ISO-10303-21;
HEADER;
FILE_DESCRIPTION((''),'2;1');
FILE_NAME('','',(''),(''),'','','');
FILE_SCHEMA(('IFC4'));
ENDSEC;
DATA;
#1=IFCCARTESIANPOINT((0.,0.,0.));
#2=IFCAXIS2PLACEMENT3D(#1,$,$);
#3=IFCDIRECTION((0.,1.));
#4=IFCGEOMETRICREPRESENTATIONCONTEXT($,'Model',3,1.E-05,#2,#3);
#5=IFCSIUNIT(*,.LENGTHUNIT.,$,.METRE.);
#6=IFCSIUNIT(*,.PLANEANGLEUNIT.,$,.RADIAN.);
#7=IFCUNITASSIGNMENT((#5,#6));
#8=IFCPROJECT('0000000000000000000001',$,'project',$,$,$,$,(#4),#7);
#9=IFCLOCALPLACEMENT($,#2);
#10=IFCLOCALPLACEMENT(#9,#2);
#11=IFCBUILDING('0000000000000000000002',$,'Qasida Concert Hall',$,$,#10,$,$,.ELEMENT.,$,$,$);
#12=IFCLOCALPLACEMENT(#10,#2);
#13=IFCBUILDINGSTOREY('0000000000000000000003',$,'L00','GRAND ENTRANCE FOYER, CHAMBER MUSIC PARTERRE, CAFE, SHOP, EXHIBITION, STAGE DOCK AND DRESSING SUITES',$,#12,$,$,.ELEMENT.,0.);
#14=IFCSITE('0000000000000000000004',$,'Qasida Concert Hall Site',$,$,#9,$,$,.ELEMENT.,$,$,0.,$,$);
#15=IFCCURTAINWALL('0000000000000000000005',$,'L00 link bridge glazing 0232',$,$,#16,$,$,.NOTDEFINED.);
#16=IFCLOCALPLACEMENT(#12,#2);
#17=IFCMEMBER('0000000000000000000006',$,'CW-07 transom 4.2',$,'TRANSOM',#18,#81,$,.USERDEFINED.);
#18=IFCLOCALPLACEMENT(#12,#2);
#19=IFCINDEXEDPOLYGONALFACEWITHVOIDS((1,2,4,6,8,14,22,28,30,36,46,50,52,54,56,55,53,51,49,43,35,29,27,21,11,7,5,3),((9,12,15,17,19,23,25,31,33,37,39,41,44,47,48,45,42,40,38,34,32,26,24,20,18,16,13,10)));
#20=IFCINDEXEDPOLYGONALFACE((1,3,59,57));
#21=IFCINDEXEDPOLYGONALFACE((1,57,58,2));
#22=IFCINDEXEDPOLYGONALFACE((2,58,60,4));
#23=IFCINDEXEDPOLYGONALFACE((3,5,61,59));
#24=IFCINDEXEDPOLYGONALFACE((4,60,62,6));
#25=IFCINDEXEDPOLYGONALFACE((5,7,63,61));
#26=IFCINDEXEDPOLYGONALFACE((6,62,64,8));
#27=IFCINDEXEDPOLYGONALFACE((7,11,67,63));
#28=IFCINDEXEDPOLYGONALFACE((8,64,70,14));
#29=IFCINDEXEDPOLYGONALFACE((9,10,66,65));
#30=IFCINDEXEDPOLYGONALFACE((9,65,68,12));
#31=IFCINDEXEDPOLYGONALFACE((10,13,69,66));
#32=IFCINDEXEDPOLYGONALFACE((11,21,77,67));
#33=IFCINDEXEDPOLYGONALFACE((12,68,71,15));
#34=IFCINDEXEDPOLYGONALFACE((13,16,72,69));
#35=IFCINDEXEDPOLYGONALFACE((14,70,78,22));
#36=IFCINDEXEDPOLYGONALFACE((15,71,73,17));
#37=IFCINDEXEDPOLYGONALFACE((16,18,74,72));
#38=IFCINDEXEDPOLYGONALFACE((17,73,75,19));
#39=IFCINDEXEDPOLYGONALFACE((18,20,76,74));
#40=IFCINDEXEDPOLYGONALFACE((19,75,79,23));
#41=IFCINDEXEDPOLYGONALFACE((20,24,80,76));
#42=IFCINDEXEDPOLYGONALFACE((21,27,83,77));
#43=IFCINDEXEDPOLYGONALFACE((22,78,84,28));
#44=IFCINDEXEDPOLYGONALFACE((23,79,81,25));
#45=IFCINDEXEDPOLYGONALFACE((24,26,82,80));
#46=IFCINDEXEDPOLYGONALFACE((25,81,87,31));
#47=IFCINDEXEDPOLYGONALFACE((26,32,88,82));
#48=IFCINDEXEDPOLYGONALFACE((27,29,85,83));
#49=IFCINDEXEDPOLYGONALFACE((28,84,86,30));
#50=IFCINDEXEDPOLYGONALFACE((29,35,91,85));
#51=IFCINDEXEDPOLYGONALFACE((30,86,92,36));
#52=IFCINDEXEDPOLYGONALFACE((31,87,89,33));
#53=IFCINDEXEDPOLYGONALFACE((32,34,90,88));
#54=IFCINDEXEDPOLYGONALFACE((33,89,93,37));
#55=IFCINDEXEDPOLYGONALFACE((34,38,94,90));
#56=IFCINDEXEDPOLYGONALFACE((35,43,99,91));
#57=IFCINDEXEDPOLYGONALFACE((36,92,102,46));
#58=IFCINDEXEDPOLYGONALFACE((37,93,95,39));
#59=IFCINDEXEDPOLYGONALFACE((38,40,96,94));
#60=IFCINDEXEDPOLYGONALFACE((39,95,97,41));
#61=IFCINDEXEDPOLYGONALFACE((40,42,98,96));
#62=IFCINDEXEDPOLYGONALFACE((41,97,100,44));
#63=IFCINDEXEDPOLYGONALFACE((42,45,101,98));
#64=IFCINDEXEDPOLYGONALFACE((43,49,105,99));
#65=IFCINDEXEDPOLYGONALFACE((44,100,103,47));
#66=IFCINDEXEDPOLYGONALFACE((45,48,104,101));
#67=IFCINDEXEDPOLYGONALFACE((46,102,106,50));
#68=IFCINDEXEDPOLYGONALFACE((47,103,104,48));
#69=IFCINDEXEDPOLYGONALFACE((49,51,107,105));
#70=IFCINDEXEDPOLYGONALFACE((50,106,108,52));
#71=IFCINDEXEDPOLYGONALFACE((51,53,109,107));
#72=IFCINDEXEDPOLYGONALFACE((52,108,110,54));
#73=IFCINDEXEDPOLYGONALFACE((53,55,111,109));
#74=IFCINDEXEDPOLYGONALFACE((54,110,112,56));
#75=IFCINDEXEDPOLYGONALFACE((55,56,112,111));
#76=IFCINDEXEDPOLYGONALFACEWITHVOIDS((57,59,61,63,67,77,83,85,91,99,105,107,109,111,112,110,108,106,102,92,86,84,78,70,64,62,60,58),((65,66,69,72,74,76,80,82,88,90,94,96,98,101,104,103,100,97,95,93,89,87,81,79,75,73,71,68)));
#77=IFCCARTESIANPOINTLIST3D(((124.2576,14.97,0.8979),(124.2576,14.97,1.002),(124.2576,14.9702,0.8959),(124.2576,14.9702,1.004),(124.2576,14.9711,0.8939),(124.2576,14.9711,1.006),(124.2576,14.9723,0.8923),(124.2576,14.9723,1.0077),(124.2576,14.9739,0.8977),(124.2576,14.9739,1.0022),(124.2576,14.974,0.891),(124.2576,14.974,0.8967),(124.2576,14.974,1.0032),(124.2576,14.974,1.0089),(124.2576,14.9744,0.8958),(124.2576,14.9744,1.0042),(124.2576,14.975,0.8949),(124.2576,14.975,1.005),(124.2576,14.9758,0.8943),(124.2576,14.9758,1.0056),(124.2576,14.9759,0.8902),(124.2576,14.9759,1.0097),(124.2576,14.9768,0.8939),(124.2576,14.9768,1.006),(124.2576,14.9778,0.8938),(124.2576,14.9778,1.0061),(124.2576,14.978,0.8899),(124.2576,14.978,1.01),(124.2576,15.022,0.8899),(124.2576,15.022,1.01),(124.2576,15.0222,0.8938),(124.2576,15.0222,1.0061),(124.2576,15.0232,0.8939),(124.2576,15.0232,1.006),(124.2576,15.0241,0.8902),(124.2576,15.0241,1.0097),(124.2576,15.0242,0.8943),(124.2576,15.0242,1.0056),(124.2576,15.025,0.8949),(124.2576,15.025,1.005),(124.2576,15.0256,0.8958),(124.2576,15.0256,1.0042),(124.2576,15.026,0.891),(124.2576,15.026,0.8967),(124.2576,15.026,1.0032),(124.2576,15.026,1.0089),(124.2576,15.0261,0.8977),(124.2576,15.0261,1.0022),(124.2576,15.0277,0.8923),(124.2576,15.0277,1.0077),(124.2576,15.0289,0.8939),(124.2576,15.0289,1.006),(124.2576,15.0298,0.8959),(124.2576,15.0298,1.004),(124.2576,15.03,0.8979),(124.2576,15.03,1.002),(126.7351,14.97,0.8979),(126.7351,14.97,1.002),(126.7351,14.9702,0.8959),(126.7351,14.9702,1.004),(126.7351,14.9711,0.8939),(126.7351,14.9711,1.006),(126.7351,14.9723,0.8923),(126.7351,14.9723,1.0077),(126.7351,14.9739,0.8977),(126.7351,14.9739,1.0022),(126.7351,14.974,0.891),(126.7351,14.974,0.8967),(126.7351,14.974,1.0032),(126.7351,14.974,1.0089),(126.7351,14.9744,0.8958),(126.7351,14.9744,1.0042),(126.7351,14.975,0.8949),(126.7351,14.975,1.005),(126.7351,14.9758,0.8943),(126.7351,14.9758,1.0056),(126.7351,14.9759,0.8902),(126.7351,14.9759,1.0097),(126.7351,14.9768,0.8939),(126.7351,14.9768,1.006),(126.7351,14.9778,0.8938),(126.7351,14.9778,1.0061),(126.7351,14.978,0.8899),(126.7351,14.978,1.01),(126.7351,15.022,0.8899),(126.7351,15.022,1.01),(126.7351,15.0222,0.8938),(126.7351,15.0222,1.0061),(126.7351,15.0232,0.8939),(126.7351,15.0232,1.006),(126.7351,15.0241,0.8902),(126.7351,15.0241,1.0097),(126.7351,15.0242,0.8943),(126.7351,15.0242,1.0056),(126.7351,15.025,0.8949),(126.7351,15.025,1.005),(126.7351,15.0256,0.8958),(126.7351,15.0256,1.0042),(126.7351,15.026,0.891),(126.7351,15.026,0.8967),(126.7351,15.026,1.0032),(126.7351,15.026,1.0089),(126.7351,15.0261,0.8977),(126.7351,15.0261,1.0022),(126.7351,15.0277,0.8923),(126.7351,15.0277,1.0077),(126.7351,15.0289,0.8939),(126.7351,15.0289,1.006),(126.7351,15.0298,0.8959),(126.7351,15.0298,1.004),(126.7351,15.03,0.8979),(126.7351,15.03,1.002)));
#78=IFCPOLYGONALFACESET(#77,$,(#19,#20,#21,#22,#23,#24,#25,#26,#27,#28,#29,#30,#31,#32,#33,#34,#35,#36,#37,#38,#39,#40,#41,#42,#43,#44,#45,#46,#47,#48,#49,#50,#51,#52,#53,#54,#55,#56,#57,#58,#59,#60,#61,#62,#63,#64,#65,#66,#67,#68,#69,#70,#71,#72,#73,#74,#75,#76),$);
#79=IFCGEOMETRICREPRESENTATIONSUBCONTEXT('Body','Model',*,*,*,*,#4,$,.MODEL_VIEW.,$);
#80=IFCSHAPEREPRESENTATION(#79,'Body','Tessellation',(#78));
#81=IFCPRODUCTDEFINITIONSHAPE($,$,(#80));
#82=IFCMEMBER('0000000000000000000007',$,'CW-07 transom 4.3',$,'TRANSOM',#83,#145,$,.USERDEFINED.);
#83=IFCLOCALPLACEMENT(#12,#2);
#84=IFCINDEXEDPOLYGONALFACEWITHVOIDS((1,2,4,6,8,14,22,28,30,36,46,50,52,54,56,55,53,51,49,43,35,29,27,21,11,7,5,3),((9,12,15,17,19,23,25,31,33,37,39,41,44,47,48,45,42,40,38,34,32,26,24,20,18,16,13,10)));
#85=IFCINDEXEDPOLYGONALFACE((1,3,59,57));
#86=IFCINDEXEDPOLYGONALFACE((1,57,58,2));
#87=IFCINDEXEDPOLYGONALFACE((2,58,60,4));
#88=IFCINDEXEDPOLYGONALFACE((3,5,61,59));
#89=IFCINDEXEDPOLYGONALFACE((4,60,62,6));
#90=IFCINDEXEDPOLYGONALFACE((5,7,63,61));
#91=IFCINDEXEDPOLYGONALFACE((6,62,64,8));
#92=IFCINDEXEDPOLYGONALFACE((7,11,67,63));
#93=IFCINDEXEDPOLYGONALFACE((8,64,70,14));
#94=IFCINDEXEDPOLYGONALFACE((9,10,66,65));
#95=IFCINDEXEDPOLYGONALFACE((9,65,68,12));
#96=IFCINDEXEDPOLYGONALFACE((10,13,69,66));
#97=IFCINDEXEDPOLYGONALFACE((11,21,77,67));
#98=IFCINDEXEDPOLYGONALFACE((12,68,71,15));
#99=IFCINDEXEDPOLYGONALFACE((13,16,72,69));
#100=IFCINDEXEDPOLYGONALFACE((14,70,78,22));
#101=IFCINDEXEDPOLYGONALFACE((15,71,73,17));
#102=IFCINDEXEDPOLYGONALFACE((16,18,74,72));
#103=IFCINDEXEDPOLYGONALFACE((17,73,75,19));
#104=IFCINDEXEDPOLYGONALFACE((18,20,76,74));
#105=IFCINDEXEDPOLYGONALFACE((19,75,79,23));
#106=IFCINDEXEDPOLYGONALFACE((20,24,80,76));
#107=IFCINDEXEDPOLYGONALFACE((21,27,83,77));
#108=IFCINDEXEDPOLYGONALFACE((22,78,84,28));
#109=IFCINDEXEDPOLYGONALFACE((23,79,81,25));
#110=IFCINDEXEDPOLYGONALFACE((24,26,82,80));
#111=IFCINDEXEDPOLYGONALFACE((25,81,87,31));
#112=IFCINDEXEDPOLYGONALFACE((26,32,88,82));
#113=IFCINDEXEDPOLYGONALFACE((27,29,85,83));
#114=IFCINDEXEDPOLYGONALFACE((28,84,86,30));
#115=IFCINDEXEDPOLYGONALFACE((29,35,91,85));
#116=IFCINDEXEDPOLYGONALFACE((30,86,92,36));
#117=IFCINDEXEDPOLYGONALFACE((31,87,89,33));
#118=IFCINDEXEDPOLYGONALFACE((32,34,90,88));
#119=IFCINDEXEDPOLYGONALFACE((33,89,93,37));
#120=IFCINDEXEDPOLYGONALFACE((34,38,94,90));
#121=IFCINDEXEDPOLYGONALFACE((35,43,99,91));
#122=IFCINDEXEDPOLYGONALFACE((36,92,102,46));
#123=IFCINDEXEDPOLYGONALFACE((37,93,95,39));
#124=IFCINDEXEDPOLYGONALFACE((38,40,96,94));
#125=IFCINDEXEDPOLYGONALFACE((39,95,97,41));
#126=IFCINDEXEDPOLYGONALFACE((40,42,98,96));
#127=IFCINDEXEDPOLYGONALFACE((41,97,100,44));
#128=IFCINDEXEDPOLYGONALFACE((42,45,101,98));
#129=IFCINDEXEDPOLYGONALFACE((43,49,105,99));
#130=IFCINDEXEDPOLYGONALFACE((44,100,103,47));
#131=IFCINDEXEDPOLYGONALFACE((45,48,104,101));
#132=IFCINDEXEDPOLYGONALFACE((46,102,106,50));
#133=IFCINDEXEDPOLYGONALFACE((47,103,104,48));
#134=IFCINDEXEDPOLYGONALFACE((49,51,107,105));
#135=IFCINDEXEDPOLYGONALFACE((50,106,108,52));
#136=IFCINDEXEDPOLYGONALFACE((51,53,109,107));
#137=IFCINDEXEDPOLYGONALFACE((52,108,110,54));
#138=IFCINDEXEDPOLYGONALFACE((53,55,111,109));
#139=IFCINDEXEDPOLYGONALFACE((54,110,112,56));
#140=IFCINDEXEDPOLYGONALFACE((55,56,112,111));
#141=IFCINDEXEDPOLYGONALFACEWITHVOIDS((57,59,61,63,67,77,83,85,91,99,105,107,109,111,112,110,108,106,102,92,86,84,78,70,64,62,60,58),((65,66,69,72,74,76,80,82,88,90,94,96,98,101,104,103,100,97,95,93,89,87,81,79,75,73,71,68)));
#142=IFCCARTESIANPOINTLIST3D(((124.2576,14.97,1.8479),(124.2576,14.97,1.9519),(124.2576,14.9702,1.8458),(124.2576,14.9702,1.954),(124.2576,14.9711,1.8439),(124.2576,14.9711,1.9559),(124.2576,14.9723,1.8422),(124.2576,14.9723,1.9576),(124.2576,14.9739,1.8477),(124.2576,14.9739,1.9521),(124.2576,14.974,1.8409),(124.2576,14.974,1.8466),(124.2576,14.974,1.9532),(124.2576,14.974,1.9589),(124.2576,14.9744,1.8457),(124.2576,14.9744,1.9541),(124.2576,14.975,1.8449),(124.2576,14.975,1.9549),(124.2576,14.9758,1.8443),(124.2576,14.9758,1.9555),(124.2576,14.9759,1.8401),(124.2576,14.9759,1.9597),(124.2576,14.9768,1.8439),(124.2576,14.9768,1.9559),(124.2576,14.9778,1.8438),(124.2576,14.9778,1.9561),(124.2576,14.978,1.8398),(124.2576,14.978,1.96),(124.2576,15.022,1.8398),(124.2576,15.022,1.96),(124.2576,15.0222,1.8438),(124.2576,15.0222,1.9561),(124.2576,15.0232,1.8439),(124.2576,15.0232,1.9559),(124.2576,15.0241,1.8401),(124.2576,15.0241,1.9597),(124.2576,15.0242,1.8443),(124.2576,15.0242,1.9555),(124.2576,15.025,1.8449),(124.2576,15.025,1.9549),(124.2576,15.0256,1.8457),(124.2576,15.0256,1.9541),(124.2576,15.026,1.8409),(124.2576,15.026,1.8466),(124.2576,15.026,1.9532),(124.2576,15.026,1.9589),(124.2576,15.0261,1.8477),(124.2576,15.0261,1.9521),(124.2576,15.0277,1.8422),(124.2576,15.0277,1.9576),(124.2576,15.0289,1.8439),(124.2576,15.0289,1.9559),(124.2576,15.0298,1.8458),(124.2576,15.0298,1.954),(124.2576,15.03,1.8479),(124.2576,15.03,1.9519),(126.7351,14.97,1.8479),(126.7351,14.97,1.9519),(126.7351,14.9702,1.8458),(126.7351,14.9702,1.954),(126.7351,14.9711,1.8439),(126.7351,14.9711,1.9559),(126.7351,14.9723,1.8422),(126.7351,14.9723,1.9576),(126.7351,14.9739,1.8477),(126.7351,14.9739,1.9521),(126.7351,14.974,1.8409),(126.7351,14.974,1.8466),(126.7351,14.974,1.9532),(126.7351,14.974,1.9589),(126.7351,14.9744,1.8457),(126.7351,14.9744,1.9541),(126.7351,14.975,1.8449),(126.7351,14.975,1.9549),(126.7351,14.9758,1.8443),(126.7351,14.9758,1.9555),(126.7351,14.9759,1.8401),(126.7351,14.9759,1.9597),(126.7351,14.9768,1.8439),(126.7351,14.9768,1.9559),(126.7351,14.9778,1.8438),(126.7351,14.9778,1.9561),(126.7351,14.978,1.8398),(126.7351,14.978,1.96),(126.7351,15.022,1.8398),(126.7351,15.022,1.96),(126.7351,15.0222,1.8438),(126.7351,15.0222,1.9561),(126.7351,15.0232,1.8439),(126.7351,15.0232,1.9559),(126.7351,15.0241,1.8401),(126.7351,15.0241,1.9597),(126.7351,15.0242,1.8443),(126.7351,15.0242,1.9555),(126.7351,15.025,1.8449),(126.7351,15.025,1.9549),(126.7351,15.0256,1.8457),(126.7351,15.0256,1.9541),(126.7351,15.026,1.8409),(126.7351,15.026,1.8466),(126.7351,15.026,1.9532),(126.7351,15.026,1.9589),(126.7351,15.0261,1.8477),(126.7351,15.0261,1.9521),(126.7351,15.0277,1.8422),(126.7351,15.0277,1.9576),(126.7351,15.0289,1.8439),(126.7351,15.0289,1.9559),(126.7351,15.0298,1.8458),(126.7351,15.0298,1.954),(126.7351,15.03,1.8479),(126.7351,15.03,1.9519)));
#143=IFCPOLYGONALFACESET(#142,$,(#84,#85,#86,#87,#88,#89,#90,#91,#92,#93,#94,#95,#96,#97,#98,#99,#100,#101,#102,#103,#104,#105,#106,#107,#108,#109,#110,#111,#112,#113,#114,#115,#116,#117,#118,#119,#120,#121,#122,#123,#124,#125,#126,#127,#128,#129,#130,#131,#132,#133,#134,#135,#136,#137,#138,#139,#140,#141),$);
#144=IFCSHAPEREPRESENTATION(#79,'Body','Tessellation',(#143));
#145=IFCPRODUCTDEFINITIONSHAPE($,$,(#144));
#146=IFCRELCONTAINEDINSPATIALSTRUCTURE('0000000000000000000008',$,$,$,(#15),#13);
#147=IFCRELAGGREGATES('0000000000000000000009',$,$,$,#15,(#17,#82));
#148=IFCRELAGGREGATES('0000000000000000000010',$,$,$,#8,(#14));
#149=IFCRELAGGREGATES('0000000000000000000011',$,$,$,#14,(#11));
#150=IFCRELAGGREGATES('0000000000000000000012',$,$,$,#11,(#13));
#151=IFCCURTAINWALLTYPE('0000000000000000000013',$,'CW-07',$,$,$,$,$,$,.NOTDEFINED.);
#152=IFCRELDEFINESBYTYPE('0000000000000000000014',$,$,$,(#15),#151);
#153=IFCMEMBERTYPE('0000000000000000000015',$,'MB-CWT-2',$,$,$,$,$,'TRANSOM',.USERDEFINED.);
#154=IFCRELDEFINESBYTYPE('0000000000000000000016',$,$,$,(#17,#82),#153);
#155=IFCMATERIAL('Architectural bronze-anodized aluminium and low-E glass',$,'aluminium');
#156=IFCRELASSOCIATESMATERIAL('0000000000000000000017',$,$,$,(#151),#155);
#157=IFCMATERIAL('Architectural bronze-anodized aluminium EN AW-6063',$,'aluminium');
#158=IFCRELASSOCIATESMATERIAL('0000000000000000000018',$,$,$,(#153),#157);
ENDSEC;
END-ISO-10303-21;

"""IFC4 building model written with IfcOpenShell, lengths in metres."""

from ifc_helpers import new_model, si_unit, direction, frame, origin, origin_2d, place, context, subcontext, project, spatial, hollow_rectangle, extrude, material, material_profile, profile_set, type_object, element, aggregate, save


model = new_model("IFC4")

# Units and contexts
model_context = context("Model", 3, precision=1e-05, world=origin(), true_north=direction((0.0, 1.0)))
body_context = subcontext(model_context, "Body", "Model", "MODEL_VIEW")
ifc_project = project(units=[si_unit("LENGTHUNIT", "METRE"), si_unit("PLANEANGLEUNIT", "RADIAN")], contexts=[model_context])

# Site, building, storey
site_placement = place(None, origin())
site = spatial("IfcSite", under=ifc_project, at=site_placement, Name="Qasida Concert Hall Site", CompositionType="ELEMENT", RefElevation=0.0)
building_placement = place(site_placement, origin())
building = spatial("IfcBuilding", under=site, at=building_placement, Name="Qasida Concert Hall", CompositionType="ELEMENT")
storey_placement = place(building_placement, origin())
storey = spatial("IfcBuildingStorey", under=building, at=storey_placement, Name="L00", Description="GRAND ENTRANCE FOYER, CHAMBER MUSIC PARTERRE, CAFE, SHOP, EXHIBITION, STAGE DOCK AND DRESSING SUITES", CompositionType="ELEMENT", Elevation=0.0)

# Curtain wall, members
ifc_material_1 = material(Name="Architectural bronze-anodized aluminium and low-E glass", Category="aluminium")
curtain_wall_type = type_object("IfcCurtainWallType", Name="CW-07", PredefinedType="NOTDEFINED", material=ifc_material_1)
curtain_wall_placement = place(storey_placement, origin())
curtain_wall = element("IfcCurtainWall", 1, at=curtain_wall_placement, inside=storey, type_object=curtain_wall_type, Name="L00 link bridge glazing 0232", PredefinedType="NOTDEFINED")
ifc_material_2 = material(Name="Architectural bronze-anodized aluminium EN AW-6063", Category="aluminium")
ifc_material_profile_1 = material_profile(ifc_material_2, hollow_rectangle(XDim=0.0601, YDim=0.1201, WallThickness=0.0039, InnerFilletRadius=0.0039, OuterFilletRadius=0.0081, at=origin_2d()), Name="CWT 120x60x4")
ifc_profile_set_1 = profile_set([ifc_material_profile_1], Name="Architectural bronze-anodized aluminium EN AW-6063")
member_type_1 = type_object("IfcMemberType", Name="MB-CWT-2", ElementType="TRANSOM", PredefinedType="USERDEFINED", material=ifc_profile_set_1)
member_1_placement = place(storey_placement, frame((124.2576, 15.0, 0.95), z_axis=(1.0, 0.0, 0.0), x_axis=(0.0, 1.0, 0.0)))
member_1 = element("IfcMember", 2, at=member_1_placement, type_object=member_type_1, Name="CW-07 transom 4.2", ObjectType="TRANSOM", PredefinedType="USERDEFINED", context=body_context, shape_type="SweptSolid", body=[
    extrude(hollow_rectangle(XDim=0.0601, YDim=0.1201, WallThickness=0.0039, InnerFilletRadius=0.0039, OuterFilletRadius=0.0081, at=origin_2d()), origin(), (0.0, 0.0, 1.0), 2.4775),
])
member_2_placement = place(storey_placement, frame((124.2576, 15.0, 1.8999), z_axis=(1.0, 0.0, 0.0), x_axis=(0.0, 1.0, 0.0)))
member_2 = element("IfcMember", 3, at=member_2_placement, type_object=member_type_1, Name="CW-07 transom 4.3", ObjectType="TRANSOM", PredefinedType="USERDEFINED", context=body_context, shape_type="SweptSolid", body=[
    extrude(hollow_rectangle(XDim=0.0601, YDim=0.1201, WallThickness=0.0039, InnerFilletRadius=0.0039, OuterFilletRadius=0.0081, at=origin_2d()), origin(), (0.0, 0.0, 1.0), 2.4775),
])
aggregate(curtain_wall, [member_1, member_2])

save(model, "model.ifc")
